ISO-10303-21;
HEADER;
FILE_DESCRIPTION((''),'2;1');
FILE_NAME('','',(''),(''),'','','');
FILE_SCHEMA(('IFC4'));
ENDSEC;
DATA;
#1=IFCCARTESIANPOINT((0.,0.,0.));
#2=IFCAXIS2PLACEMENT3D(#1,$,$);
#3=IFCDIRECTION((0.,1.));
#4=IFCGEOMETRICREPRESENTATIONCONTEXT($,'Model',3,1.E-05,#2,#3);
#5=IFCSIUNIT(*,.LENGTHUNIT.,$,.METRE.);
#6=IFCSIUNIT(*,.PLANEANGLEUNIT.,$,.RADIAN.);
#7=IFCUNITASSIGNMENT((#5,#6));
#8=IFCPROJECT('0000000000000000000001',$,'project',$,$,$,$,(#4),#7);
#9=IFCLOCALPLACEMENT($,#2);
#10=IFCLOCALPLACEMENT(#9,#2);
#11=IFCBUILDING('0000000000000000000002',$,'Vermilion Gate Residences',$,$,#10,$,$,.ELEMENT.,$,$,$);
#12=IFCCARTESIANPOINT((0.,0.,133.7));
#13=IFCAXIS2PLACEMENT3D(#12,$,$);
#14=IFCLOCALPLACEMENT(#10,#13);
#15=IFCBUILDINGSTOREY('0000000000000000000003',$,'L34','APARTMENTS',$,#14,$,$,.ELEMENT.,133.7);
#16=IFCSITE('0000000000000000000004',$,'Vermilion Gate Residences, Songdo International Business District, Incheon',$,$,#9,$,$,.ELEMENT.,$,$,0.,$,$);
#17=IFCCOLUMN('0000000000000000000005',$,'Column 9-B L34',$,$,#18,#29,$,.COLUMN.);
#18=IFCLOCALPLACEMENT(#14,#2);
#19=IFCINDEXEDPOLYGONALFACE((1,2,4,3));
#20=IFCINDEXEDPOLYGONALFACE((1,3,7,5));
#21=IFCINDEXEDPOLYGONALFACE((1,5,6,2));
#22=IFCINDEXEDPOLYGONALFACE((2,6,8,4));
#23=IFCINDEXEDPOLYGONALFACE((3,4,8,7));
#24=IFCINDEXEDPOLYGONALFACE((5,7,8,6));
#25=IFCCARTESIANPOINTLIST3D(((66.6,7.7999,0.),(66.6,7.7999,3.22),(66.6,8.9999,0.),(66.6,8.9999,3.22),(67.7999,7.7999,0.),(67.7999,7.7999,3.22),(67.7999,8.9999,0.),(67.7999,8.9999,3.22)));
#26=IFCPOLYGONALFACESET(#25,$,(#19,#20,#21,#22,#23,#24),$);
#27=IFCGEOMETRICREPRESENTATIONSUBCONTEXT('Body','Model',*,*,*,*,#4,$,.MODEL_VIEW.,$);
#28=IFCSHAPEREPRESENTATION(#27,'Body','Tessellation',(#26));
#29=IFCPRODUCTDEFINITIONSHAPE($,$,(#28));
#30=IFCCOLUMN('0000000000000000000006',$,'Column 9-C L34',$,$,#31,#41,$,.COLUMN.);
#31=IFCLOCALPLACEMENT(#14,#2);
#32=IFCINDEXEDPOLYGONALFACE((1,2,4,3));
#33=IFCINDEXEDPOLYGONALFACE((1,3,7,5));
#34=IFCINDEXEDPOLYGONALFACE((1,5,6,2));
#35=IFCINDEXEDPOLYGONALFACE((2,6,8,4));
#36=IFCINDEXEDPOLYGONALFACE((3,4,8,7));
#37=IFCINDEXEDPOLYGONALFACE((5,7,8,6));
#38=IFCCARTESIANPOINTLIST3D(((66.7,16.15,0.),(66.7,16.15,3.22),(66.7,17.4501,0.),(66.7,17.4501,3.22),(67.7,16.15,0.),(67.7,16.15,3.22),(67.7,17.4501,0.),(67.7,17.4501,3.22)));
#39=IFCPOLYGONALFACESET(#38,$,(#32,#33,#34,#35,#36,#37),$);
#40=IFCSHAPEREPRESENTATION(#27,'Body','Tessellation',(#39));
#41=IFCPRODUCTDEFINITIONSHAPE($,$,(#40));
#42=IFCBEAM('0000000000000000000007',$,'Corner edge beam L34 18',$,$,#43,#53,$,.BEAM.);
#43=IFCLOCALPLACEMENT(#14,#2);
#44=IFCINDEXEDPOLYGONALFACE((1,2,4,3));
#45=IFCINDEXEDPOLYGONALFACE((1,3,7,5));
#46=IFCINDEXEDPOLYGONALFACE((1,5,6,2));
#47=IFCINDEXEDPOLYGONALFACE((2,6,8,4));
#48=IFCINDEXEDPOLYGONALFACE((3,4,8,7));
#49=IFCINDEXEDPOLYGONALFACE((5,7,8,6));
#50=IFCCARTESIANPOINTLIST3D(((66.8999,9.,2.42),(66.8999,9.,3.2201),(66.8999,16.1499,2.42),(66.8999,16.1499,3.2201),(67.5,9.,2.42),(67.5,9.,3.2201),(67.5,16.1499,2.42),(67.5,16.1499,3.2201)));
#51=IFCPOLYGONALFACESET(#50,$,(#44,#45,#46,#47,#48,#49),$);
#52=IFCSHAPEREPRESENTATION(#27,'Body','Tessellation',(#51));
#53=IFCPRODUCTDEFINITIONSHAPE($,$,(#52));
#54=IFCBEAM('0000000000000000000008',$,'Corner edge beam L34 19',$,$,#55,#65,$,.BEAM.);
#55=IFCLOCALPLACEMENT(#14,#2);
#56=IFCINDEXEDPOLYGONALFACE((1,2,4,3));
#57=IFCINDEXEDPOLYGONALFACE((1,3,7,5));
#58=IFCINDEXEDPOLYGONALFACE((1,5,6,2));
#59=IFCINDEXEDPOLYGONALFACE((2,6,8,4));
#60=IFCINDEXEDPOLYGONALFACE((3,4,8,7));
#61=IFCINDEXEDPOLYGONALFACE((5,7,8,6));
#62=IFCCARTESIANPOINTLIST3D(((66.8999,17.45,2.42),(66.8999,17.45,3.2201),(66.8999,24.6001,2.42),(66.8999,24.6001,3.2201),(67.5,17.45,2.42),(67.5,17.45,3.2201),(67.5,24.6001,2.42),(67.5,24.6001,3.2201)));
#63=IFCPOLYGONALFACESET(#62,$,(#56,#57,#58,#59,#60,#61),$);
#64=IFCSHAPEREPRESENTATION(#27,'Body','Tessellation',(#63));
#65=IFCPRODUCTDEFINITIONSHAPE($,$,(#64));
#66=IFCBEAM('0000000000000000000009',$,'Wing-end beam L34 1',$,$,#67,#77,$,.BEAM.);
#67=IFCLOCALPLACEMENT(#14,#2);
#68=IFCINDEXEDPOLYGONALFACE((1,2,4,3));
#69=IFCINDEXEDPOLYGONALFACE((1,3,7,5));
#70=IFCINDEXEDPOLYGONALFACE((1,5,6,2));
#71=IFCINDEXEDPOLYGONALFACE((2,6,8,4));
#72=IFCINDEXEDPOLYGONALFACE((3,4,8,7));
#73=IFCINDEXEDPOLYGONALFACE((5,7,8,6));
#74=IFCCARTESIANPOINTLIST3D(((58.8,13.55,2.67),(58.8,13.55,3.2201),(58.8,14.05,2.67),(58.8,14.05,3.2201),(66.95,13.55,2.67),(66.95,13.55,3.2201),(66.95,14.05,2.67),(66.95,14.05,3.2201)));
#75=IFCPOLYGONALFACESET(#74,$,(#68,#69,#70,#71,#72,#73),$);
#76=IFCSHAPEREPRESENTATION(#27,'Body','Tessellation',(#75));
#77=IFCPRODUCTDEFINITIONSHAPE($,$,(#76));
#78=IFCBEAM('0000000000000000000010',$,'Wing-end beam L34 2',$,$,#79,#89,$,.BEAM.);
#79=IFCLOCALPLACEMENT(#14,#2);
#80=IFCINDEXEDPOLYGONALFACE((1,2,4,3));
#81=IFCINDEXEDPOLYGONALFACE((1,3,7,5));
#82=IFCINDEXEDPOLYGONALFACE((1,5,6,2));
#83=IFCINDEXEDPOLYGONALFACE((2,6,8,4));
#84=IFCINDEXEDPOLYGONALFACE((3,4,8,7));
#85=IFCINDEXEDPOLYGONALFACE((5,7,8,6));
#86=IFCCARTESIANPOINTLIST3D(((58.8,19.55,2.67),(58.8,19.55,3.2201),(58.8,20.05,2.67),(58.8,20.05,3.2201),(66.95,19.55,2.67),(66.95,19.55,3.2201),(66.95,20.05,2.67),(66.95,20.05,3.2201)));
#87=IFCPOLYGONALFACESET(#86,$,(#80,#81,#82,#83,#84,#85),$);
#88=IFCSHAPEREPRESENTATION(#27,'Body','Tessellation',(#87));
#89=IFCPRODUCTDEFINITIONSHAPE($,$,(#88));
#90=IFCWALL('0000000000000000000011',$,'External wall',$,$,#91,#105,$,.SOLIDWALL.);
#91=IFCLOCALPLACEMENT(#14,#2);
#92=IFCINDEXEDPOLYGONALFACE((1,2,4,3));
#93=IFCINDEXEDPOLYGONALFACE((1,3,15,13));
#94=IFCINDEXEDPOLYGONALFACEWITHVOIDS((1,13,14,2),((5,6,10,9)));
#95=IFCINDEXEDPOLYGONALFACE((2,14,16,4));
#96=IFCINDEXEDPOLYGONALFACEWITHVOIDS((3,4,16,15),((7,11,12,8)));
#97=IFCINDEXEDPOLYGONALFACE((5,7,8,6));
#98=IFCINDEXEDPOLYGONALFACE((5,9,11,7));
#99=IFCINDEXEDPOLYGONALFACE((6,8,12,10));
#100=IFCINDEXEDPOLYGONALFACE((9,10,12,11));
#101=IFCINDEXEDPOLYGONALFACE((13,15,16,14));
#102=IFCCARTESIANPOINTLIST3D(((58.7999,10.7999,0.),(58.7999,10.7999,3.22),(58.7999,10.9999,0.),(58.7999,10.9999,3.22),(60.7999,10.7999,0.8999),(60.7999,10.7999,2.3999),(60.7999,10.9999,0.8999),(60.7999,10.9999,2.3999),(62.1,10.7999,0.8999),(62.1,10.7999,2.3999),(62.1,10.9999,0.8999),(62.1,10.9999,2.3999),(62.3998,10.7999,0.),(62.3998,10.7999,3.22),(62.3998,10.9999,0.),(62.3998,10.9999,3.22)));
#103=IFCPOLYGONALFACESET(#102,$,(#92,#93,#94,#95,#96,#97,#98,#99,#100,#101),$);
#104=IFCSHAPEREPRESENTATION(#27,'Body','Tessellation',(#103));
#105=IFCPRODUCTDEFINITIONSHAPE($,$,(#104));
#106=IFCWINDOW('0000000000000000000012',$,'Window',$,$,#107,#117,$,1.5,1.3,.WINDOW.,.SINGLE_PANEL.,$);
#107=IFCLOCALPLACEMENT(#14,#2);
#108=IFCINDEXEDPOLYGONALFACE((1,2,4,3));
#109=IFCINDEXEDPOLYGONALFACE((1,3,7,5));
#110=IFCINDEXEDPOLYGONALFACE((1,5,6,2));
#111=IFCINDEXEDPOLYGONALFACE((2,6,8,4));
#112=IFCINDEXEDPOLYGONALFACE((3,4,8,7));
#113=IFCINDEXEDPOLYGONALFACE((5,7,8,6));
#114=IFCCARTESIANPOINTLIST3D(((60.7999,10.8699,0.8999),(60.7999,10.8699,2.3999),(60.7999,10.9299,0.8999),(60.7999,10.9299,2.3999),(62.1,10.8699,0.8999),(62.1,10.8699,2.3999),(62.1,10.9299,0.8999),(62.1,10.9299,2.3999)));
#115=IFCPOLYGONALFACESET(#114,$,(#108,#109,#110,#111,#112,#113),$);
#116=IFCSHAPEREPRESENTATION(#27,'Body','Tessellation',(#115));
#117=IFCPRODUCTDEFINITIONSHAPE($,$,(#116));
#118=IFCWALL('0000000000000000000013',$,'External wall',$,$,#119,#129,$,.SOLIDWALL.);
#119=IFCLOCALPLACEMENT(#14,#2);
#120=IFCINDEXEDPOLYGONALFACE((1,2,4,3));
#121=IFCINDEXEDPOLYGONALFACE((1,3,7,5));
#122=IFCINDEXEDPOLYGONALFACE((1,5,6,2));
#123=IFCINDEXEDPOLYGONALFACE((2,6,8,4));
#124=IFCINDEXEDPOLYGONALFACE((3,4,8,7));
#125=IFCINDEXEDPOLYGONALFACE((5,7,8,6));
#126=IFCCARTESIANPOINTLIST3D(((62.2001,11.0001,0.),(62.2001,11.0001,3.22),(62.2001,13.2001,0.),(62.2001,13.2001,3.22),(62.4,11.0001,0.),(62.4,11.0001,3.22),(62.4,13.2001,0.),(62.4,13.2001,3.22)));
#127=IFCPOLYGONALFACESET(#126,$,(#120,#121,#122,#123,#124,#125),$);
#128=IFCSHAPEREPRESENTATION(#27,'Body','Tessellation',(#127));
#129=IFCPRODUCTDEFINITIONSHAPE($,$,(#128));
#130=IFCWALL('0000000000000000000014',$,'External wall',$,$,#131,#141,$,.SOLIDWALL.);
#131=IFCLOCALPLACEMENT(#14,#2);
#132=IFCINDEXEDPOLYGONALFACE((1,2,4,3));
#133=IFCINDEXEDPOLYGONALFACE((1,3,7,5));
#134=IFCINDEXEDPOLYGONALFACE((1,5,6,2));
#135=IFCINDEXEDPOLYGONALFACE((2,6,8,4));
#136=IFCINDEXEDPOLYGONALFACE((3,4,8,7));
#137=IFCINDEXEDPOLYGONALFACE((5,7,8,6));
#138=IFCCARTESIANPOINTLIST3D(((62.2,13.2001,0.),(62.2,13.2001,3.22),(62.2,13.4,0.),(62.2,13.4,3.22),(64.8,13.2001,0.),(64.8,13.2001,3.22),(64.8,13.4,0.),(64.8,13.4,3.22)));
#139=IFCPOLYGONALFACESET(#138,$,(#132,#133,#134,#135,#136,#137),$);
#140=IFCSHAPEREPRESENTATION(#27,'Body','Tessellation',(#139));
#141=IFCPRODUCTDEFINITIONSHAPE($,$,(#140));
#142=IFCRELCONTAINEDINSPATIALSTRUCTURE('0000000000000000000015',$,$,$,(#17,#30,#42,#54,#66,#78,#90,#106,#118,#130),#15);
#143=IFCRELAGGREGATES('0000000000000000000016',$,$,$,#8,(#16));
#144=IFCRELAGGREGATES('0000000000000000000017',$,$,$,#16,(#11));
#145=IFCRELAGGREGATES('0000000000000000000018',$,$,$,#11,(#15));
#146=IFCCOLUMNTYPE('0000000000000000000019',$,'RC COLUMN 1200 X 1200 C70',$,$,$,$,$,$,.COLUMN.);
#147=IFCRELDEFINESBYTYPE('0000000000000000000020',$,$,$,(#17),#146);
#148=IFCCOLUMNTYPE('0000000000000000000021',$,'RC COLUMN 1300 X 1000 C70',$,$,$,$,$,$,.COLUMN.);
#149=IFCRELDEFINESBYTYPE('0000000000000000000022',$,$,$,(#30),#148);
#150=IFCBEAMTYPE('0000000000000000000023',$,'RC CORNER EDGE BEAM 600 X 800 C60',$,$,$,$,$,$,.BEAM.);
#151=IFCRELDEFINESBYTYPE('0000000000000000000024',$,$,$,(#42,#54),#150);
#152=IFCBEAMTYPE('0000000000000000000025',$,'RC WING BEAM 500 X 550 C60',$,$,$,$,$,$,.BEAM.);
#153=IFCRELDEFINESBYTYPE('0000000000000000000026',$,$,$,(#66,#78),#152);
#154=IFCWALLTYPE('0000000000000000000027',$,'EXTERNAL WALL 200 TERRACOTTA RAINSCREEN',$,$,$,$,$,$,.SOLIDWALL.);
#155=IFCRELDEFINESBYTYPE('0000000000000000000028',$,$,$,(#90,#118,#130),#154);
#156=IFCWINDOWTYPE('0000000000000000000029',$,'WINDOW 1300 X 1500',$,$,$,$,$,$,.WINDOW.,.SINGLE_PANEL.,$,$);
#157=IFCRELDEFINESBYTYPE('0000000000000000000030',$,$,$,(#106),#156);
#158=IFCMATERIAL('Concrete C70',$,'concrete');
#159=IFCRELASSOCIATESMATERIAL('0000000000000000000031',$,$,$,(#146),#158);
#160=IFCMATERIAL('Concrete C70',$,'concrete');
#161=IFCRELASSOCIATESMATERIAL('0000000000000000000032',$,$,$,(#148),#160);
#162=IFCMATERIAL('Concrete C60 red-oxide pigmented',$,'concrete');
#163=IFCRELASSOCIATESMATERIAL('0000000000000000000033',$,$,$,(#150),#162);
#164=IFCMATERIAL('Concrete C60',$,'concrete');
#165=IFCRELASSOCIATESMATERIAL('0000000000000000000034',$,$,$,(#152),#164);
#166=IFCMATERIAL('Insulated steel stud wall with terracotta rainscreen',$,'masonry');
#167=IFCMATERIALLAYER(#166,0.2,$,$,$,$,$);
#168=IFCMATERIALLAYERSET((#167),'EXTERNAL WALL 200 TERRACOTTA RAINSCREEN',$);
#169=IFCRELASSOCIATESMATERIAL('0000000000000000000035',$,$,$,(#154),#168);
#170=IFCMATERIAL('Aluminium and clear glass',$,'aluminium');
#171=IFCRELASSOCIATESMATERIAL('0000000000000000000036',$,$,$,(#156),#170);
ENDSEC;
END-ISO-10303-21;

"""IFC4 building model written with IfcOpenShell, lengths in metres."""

from ifc_helpers import new_model, si_unit, direction, frame, frame_2d, origin, origin_2d, place, context, subcontext, project, spatial, rectangle, extrude, material, layer, layer_set, material_profile, profile_set, type_object, element, fill, save


model = new_model("IFC4")

# Units and contexts
model_context = context("Model", 3, precision=1e-05, world=origin(), true_north=direction((0.0, 1.0)))
body_context = subcontext(model_context, "Body", "Model", "MODEL_VIEW")
ifc_project = project(units=[si_unit("LENGTHUNIT", "METRE"), si_unit("PLANEANGLEUNIT", "RADIAN")], contexts=[model_context])

# Site, building, storey
site_placement = place(None, origin())
site = spatial("IfcSite", under=ifc_project, at=site_placement, Name="Vermilion Gate Residences, Songdo International Business District, Incheon", CompositionType="ELEMENT", RefElevation=0.0)
building_placement = place(site_placement, origin())
building = spatial("IfcBuilding", under=site, at=building_placement, Name="Vermilion Gate Residences", CompositionType="ELEMENT")
storey_placement = place(building_placement, frame((0.0, 0.0, 133.7)))
storey = spatial("IfcBuildingStorey", under=building, at=storey_placement, Name="L34", Description="APARTMENTS", CompositionType="ELEMENT", Elevation=133.7)

# Columns
ifc_material_1 = material(Name="Concrete C70", Category="concrete")
ifc_material_profile_1 = material_profile(ifc_material_1, rectangle(XDim=1.2, YDim=1.2, at=origin_2d()), Name="RC-1200x1200")
ifc_profile_set_1 = profile_set([ifc_material_profile_1], Name="Concrete C70")
column_type_1 = type_object("IfcColumnType", Name="RC COLUMN 1200 X 1200 C70", PredefinedType="COLUMN", material=ifc_profile_set_1)
column_1_placement = place(storey_placement, frame((67.2, 8.3999, 0.0), z_axis=(0.0, 0.0, 1.0), x_axis=(1.0, 0.0, 0.0)))
element("IfcColumn", 1, at=column_1_placement, inside=storey, type_object=column_type_1, Name="Column 9-B L34", PredefinedType="COLUMN", context=body_context, shape_type="SweptSolid", body=[
    extrude(rectangle(XDim=1.2, YDim=1.2, at=origin_2d()), origin(), (0.0, 0.0, 1.0), 3.22),
])
ifc_material_2 = material(Name="Concrete C70", Category="concrete")
ifc_material_profile_2 = material_profile(ifc_material_2, rectangle(XDim=1.3, YDim=1.0, at=origin_2d()), Name="RC-1300x1000")
ifc_profile_set_2 = profile_set([ifc_material_profile_2], Name="Concrete C70")
column_type_2 = type_object("IfcColumnType", Name="RC COLUMN 1300 X 1000 C70", PredefinedType="COLUMN", material=ifc_profile_set_2)
column_2_placement = place(storey_placement, frame((67.2, 16.8, 0.0), z_axis=(0.0, 0.0, 1.0), x_axis=(0.0, 1.0, 0.0)))
element("IfcColumn", 2, at=column_2_placement, inside=storey, type_object=column_type_2, Name="Column 9-C L34", PredefinedType="COLUMN", context=body_context, shape_type="SweptSolid", body=[
    extrude(rectangle(XDim=1.3, YDim=1.0, at=origin_2d()), origin(), (0.0, 0.0, 1.0), 3.22),
])

# Beams
ifc_material_3 = material(Name="Concrete C60 red-oxide pigmented", Category="concrete")
ifc_material_profile_3 = material_profile(ifc_material_3, rectangle(XDim=0.6001, YDim=0.8, at=origin_2d()), Name="RC-600x800")
ifc_profile_set_3 = profile_set([ifc_material_profile_3], Name="Concrete C60 red-oxide pigmented")
beam_type_1 = type_object("IfcBeamType", Name="RC CORNER EDGE BEAM 600 X 800 C60", PredefinedType="BEAM", material=ifc_profile_set_3)
beam_1_placement = place(storey_placement, frame((67.2, 9.0, 2.8201), z_axis=(0.0, 1.0, 0.0), x_axis=(-1.0, 0.0, 0.0)))
element("IfcBeam", 3, at=beam_1_placement, inside=storey, type_object=beam_type_1, Name="Corner edge beam L34 18", PredefinedType="BEAM", context=body_context, shape_type="SweptSolid", body=[
    extrude(rectangle(XDim=0.6001, YDim=0.8, at=origin_2d()), origin(), (0.0, 0.0, 1.0), 7.1499),
])
beam_2_placement = place(storey_placement, frame((67.2, 17.45, 2.8201), z_axis=(0.0, 1.0, 0.0), x_axis=(-1.0, 0.0, 0.0)))
element("IfcBeam", 4, at=beam_2_placement, inside=storey, type_object=beam_type_1, Name="Corner edge beam L34 19", PredefinedType="BEAM", context=body_context, shape_type="SweptSolid", body=[
    extrude(rectangle(XDim=0.6001, YDim=0.8, at=origin_2d()), origin(), (0.0, 0.0, 1.0), 7.1501),
])
ifc_material_4 = material(Name="Concrete C60", Category="concrete")
ifc_material_profile_4 = material_profile(ifc_material_4, rectangle(XDim=0.5, YDim=0.55, at=origin_2d()), Name="RC-500x550")
ifc_profile_set_4 = profile_set([ifc_material_profile_4], Name="Concrete C60")
beam_type_2 = type_object("IfcBeamType", Name="RC WING BEAM 500 X 550 C60", PredefinedType="BEAM", material=ifc_profile_set_4)
for number, where, z_axis, x_axis, name in (
    (5, (58.8, 13.8, 2.9451), (1.0, 0.0, 0.0), (0.0, 1.0, 0.0), "Wing-end beam L34 1"),
    (6, (58.8, 19.8, 2.9451), (1.0, 0.0, 0.0), (0.0, 1.0, 0.0), "Wing-end beam L34 2"),
):
    element("IfcBeam", number, at=place(storey_placement, frame(where, z_axis=z_axis, x_axis=x_axis)), inside=storey, type_object=beam_type_2, Name=name, PredefinedType="BEAM", context=body_context, shape_type="SweptSolid", body=[
        extrude(rectangle(XDim=0.5, YDim=0.55, at=origin_2d()), origin(), (0.0, 0.0, 1.0), 8.1499),
    ])

# Wall, opening, window
ifc_material_5 = material(Name="Insulated steel stud wall with terracotta rainscreen", Category="masonry")
ifc_layer_1 = layer(ifc_material_5, 0.2)
ifc_layer_set_1 = layer_set([ifc_layer_1], Name="EXTERNAL WALL 200 TERRACOTTA RAINSCREEN")
wall_type_1 = type_object("IfcWallType", Name="EXTERNAL WALL 200 TERRACOTTA RAINSCREEN", PredefinedType="SOLIDWALL", material=ifc_layer_set_1)
wall_1_placement = place(storey_placement, frame((58.8, 10.8999, 0.0), z_axis=(0.0, 0.0, 1.0), x_axis=(1.0, 0.0, 0.0)))
wall_1 = element("IfcWall", 7, at=wall_1_placement, inside=storey, type_object=wall_type_1, Name="External wall", PredefinedType="SOLIDWALL", context=body_context, shape_type="SweptSolid", body=[
    extrude(rectangle(XDim=3.5999, YDim=0.2, at=frame_2d((1.7998, 0.0))), origin(), (0.0, 0.0, 1.0), 3.22),
])
opening_1_placement = place(wall_1_placement, frame((2.0, 0.0, 0.8999)))
opening_1 = element("IfcOpeningElement", 8, at=opening_1_placement, cuts=wall_1, PredefinedType="OPENING", context=body_context, shape_type="SweptSolid", body=[
    extrude(rectangle(XDim=1.3, YDim=1.5, at=frame_2d((0.6499, 0.75))), frame((0.0, 0.1099, 0.0), z_axis=(0.0, -1.0, 0.0), x_axis=(1.0, 0.0, 0.0)), (0.0, 0.0, 1.0), 0.22),
])
ifc_material_6 = material(Name="Aluminium and clear glass", Category="aluminium")
window_type_1 = type_object("IfcWindowType", Name="WINDOW 1300 X 1500", PartitioningType="SINGLE_PANEL", PredefinedType="WINDOW", material=ifc_material_6)
window_1_placement = place(opening_1_placement, origin())
window_1 = element("IfcWindow", 9, at=window_1_placement, inside=storey, type_object=window_type_1, Name="Window", OverallHeight=1.5, OverallWidth=1.3, PartitioningType="SINGLE_PANEL", PredefinedType="WINDOW", context=body_context, shape_type="SweptSolid", body=[
    extrude(rectangle(XDim=1.3, YDim=1.5, at=frame_2d((0.6499, 0.75))), frame((0.0, 0.03, 0.0), z_axis=(0.0, -1.0, 0.0), x_axis=(1.0, 0.0, 0.0)), (0.0, 0.0, 1.0), 0.0601),
])
fill(opening_1, window_1)

# Walls
wall_2_placement = place(storey_placement, frame((62.3, 11.0, 0.0), z_axis=(0.0, 0.0, 1.0), x_axis=(0.0, 1.0, 0.0)))
element("IfcWall", 10, at=wall_2_placement, inside=storey, type_object=wall_type_1, Name="External wall", PredefinedType="SOLIDWALL", context=body_context, shape_type="SweptSolid", body=[
    extrude(rectangle(XDim=2.2, YDim=0.2, at=frame_2d((1.1001, 0.0))), origin(), (0.0, 0.0, 1.0), 3.22),
])
wall_3_placement = place(storey_placement, frame((62.2, 13.3, 0.0), z_axis=(0.0, 0.0, 1.0), x_axis=(1.0, 0.0, 0.0)))
element("IfcWall", 11, at=wall_3_placement, inside=storey, type_object=wall_type_1, Name="External wall", PredefinedType="SOLIDWALL", context=body_context, shape_type="SweptSolid", body=[
    extrude(rectangle(XDim=2.6001, YDim=0.2, at=frame_2d((1.3, 0.0))), origin(), (0.0, 0.0, 1.0), 3.22),
])

save(model, "model.ifc")
